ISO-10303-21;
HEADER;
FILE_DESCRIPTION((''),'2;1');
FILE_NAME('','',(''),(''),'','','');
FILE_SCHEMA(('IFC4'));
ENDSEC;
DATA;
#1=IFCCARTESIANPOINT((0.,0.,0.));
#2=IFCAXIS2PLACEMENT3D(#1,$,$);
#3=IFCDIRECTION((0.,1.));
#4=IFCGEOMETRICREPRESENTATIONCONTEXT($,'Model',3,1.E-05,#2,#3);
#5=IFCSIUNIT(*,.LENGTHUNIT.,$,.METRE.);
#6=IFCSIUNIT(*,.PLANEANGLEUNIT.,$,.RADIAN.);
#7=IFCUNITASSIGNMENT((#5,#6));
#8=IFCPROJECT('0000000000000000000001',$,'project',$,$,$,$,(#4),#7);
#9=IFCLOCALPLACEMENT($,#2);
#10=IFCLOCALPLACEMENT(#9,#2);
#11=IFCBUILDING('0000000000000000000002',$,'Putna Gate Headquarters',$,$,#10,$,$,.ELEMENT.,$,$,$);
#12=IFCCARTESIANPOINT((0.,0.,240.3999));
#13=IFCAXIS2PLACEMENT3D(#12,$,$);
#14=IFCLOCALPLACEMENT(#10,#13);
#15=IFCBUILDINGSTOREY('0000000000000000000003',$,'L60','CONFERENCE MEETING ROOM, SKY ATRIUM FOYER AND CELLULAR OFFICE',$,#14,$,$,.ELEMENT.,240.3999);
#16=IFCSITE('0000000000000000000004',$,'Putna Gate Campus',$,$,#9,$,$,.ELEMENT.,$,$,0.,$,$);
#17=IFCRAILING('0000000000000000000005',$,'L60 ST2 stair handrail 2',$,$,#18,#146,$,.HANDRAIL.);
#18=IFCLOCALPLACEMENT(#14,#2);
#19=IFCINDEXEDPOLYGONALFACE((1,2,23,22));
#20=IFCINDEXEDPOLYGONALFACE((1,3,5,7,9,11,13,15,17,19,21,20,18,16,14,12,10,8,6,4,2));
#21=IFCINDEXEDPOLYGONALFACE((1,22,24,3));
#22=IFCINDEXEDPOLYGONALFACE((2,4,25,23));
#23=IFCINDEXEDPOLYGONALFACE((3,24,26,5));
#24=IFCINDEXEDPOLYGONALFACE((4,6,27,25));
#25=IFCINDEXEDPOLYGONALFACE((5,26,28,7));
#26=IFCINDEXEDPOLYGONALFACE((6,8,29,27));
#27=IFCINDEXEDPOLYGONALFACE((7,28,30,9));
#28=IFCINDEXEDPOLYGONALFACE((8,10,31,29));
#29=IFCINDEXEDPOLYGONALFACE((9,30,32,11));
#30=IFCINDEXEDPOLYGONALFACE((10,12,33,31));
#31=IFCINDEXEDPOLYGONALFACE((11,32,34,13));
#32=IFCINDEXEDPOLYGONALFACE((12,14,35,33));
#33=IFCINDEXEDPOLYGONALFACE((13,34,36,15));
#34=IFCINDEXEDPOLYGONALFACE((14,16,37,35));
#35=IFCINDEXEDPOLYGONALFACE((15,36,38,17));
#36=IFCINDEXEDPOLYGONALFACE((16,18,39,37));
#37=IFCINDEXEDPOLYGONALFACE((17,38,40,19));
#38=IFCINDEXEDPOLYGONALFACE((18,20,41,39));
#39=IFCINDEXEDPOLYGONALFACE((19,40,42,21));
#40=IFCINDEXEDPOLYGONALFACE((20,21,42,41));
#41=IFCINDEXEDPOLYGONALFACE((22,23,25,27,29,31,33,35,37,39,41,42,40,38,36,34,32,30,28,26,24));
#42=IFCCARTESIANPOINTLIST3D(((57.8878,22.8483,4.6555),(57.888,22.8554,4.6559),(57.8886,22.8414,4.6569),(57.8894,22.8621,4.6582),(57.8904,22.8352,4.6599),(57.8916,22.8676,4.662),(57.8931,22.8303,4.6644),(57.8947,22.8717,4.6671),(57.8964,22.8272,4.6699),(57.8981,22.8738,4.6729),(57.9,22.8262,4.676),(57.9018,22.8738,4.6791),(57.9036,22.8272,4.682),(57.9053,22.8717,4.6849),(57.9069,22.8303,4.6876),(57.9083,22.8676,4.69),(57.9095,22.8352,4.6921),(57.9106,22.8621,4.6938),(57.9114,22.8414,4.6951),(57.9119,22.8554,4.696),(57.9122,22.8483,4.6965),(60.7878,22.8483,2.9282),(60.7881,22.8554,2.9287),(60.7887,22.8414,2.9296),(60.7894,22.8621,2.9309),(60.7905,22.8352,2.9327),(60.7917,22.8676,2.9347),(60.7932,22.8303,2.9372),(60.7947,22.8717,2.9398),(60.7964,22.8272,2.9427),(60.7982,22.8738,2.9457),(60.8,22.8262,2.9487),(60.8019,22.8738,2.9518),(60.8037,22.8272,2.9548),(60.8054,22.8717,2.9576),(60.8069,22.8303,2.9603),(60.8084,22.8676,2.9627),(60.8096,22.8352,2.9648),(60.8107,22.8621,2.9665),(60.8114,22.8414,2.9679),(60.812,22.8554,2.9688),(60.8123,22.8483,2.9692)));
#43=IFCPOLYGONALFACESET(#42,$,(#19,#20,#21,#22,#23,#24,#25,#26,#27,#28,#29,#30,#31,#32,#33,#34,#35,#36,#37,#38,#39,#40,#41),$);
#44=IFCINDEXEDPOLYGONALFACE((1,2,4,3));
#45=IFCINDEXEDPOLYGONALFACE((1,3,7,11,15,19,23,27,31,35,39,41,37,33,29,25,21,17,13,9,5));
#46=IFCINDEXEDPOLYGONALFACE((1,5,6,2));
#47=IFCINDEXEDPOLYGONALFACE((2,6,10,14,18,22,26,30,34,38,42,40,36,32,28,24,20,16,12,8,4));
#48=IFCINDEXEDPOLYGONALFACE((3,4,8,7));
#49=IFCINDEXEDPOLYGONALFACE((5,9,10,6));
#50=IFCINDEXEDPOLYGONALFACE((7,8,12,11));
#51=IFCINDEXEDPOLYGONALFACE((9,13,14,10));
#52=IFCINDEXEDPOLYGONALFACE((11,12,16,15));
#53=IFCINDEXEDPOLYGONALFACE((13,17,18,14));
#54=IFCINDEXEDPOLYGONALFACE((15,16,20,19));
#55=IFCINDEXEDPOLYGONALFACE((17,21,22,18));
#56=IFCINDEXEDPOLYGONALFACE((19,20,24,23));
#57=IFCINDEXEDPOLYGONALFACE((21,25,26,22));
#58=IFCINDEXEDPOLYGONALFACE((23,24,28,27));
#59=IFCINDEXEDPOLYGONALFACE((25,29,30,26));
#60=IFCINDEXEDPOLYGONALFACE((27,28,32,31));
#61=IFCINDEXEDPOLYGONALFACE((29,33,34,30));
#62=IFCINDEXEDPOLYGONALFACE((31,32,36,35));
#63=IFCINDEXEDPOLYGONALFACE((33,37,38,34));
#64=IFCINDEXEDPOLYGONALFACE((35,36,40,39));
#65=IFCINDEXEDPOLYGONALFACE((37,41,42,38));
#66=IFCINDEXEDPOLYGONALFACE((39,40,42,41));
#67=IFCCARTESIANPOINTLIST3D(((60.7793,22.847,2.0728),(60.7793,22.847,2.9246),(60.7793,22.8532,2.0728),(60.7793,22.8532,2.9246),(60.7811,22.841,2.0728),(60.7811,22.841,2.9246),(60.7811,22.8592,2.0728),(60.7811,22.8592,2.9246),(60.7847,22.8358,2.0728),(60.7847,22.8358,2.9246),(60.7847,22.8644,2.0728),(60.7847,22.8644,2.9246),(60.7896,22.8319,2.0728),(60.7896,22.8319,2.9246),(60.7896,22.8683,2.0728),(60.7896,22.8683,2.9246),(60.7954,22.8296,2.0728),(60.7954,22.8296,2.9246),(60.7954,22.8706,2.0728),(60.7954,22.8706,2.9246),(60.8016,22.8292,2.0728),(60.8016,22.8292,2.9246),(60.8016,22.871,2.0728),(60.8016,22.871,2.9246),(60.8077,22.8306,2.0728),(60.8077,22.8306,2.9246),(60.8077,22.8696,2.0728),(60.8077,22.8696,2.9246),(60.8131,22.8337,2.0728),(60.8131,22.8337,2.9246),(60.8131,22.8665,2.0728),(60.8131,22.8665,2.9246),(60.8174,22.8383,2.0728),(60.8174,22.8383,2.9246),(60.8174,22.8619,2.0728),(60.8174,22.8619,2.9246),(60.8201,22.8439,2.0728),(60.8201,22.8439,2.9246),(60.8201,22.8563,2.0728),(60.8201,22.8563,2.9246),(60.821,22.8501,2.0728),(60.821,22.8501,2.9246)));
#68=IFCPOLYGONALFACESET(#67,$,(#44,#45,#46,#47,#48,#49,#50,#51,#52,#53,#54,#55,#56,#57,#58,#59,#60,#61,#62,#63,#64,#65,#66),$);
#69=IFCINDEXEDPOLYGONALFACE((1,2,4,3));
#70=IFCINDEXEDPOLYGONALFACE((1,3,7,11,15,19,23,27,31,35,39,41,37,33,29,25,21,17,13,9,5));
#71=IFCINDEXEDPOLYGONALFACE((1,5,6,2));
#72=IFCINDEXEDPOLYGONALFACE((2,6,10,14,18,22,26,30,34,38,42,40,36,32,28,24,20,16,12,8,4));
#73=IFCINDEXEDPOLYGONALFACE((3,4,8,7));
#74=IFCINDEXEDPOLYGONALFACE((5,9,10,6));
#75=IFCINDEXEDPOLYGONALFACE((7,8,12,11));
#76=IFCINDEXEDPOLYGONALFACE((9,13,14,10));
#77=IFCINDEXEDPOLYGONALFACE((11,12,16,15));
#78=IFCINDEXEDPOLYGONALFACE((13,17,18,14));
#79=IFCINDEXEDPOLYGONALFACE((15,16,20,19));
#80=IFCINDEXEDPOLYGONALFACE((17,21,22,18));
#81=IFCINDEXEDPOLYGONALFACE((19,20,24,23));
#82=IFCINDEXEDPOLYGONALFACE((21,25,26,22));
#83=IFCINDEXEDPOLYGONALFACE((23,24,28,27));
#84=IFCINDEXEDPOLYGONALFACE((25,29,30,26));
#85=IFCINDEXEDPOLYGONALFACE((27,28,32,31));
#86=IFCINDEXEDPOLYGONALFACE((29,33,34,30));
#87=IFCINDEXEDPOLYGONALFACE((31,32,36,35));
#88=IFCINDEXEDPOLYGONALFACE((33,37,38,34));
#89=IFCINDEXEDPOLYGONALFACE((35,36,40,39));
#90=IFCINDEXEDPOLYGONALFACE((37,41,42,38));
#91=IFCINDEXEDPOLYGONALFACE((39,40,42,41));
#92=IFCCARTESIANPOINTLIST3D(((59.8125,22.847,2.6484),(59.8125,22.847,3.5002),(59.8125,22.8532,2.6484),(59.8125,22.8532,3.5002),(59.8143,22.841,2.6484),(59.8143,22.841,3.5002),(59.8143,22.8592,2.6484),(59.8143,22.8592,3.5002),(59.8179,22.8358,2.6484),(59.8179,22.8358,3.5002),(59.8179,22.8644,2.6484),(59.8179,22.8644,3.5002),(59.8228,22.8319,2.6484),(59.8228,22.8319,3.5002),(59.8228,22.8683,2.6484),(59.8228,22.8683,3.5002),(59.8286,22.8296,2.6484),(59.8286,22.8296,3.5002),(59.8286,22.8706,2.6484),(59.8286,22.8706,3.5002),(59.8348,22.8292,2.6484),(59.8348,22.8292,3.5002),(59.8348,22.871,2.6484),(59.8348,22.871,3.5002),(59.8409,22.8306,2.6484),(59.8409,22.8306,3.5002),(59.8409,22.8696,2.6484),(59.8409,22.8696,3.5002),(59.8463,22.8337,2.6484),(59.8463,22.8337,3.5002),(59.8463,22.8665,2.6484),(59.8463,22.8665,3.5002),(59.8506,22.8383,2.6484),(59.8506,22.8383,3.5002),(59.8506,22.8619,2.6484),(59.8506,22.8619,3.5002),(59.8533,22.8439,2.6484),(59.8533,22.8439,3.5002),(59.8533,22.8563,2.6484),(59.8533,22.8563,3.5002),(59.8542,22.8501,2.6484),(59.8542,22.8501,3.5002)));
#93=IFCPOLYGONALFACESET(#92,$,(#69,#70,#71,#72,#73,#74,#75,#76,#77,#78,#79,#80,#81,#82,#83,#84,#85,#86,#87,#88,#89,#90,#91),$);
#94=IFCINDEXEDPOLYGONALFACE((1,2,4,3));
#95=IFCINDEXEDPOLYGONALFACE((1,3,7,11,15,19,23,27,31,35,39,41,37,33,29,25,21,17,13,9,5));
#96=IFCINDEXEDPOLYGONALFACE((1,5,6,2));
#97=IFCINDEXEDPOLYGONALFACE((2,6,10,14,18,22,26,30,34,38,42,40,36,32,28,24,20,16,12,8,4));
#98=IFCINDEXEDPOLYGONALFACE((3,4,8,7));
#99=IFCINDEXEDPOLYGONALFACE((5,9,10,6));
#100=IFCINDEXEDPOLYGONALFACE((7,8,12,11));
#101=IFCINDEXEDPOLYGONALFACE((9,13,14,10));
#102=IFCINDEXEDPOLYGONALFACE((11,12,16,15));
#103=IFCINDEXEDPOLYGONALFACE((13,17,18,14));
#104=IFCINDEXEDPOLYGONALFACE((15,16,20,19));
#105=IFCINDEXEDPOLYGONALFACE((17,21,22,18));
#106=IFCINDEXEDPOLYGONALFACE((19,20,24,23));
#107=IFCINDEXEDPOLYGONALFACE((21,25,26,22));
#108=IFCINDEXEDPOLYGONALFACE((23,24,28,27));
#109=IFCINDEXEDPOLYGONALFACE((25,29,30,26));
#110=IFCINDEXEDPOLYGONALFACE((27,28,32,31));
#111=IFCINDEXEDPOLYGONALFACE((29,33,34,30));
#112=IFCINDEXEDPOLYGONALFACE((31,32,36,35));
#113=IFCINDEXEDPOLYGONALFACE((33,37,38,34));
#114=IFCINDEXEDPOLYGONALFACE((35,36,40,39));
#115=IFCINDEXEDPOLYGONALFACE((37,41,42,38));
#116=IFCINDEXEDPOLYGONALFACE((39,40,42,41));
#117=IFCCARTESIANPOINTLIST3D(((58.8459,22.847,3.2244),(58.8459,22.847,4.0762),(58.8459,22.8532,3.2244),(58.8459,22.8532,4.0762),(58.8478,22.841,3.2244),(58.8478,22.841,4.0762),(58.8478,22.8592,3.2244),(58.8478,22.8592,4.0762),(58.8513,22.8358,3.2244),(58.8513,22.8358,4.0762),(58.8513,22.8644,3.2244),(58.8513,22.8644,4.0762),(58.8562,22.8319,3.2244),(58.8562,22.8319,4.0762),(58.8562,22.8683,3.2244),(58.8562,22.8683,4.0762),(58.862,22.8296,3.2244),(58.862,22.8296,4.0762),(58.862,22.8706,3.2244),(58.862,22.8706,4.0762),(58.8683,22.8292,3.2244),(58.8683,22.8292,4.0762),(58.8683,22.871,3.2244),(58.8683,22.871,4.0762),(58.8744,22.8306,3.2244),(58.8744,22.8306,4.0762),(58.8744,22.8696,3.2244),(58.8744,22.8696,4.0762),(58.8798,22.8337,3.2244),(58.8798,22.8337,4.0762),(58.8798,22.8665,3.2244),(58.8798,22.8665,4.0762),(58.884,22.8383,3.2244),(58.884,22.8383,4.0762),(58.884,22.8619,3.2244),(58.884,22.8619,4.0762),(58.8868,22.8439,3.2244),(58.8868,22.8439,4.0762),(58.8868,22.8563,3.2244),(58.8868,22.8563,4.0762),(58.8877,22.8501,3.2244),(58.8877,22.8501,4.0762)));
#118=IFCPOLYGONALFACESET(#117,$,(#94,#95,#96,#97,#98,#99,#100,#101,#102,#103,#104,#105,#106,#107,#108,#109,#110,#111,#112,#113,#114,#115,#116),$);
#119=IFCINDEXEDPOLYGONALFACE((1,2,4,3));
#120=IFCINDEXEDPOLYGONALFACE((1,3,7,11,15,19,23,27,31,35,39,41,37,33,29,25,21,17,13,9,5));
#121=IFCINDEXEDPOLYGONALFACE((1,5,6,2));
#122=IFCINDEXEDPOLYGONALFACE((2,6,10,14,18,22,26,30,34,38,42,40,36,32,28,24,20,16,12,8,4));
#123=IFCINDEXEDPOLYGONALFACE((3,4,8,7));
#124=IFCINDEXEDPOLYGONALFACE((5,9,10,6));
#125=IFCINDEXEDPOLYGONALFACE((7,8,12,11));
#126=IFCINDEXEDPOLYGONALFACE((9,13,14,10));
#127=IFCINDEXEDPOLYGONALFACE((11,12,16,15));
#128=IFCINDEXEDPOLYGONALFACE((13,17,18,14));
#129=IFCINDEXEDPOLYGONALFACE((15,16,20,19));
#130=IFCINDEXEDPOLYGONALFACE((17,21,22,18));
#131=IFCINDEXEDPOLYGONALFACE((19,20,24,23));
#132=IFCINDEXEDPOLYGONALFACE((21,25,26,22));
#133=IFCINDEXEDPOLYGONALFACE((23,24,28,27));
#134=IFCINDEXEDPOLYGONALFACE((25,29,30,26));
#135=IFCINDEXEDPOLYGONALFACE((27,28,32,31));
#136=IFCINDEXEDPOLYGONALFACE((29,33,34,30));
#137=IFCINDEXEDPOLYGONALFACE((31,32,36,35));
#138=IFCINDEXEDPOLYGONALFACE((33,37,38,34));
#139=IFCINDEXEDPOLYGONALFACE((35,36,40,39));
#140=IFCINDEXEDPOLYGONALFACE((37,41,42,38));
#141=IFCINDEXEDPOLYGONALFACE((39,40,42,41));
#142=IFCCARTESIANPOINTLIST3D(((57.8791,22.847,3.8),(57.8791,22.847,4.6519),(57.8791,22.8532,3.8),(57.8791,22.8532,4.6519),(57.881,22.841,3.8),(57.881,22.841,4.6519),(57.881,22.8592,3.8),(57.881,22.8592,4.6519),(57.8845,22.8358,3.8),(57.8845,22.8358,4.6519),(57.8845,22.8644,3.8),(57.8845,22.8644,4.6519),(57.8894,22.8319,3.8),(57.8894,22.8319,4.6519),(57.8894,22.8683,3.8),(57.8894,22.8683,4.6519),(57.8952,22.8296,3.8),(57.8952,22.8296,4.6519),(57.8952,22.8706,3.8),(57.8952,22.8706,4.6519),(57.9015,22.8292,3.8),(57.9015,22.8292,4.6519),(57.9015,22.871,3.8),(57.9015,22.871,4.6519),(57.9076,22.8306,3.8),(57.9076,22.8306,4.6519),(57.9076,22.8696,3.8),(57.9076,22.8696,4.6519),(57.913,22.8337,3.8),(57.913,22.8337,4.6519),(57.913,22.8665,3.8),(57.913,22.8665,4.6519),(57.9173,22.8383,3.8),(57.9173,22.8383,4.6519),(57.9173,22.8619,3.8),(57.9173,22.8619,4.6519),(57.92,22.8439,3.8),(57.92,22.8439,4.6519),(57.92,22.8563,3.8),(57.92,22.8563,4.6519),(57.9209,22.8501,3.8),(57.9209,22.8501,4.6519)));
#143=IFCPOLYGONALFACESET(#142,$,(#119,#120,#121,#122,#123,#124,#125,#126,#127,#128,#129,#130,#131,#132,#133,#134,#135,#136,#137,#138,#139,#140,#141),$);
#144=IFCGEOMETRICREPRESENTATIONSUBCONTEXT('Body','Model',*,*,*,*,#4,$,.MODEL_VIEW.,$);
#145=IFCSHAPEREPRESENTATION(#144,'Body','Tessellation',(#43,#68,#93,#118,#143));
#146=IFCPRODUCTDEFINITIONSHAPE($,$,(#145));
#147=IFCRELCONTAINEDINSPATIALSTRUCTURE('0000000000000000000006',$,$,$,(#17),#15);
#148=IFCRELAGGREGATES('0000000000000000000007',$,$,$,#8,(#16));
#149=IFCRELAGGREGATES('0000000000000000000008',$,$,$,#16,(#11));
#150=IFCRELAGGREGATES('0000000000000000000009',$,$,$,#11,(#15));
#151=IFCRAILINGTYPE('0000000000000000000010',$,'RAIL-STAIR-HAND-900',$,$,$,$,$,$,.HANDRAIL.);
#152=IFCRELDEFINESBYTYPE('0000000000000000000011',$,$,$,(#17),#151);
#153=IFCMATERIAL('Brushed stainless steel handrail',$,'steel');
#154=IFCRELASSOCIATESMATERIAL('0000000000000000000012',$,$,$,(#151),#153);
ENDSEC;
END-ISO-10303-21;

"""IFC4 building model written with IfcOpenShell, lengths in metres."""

from ifc_helpers import new_model, si_unit, direction, frame, origin, origin_2d, place, context, subcontext, project, spatial, circle, extrude, material, type_object, element, save


model = new_model("IFC4")

# Units and contexts
model_context = context("Model", 3, precision=1e-05, world=origin(), true_north=direction((0.0, 1.0)))
body_context = subcontext(model_context, "Body", "Model", "MODEL_VIEW")
ifc_project = project(units=[si_unit("LENGTHUNIT", "METRE"), si_unit("PLANEANGLEUNIT", "RADIAN")], contexts=[model_context])

# Site, building, storey
site_placement = place(None, origin())
site = spatial("IfcSite", under=ifc_project, at=site_placement, Name="Putna Gate Campus", CompositionType="ELEMENT", RefElevation=0.0)
building_placement = place(site_placement, origin())
building = spatial("IfcBuilding", under=site, at=building_placement, Name="Putna Gate Headquarters", CompositionType="ELEMENT")
storey_placement = place(building_placement, frame((0.0, 0.0, 240.3999)))
storey = spatial("IfcBuildingStorey", under=building, at=storey_placement, Name="L60", Description="CONFERENCE MEETING ROOM, SKY ATRIUM FOYER AND CELLULAR OFFICE", CompositionType="ELEMENT", Elevation=240.3999)

# Railing
ifc_material_1 = material(Name="Brushed stainless steel handrail", Category="steel")
railing_type_1 = type_object("IfcRailingType", Name="RAIL-STAIR-HAND-900", PredefinedType="HANDRAIL", material=ifc_material_1)
railing_1_placement = place(storey_placement, frame((60.8, 22.8501, 2.0728)))
element("IfcRailing", 1, at=railing_1_placement, inside=storey, type_object=railing_type_1, Name="L60 ST2 stair handrail 2", PredefinedType="HANDRAIL", context=body_context, shape_type="SweptSolid", body=[
    extrude(circle(Radius=0.0239, at=origin_2d()), frame((0.0, 0.0, 0.876), z_axis=(-0.85916, 0.0, 0.511706), x_axis=(0.0, -1.0, 0.0)), (0.0, 0.0, 1.0), 3.3755),
    extrude(circle(Radius=0.021, at=origin_2d()), origin(), (0.0, 0.0, 1.0), 0.8518),
    extrude(circle(Radius=0.021, at=origin_2d()), frame((-0.9668, 0.0, 0.5757)), (0.0, 0.0, 1.0), 0.8518),
    extrude(circle(Radius=0.021, at=origin_2d()), frame((-1.9333, 0.0, 1.1516)), (0.0, 0.0, 1.0), 0.8518),
    extrude(circle(Radius=0.021, at=origin_2d()), frame((-2.9001, 0.0, 1.7273)), (0.0, 0.0, 1.0), 0.8518),
])

save(model, "model.ifc")
